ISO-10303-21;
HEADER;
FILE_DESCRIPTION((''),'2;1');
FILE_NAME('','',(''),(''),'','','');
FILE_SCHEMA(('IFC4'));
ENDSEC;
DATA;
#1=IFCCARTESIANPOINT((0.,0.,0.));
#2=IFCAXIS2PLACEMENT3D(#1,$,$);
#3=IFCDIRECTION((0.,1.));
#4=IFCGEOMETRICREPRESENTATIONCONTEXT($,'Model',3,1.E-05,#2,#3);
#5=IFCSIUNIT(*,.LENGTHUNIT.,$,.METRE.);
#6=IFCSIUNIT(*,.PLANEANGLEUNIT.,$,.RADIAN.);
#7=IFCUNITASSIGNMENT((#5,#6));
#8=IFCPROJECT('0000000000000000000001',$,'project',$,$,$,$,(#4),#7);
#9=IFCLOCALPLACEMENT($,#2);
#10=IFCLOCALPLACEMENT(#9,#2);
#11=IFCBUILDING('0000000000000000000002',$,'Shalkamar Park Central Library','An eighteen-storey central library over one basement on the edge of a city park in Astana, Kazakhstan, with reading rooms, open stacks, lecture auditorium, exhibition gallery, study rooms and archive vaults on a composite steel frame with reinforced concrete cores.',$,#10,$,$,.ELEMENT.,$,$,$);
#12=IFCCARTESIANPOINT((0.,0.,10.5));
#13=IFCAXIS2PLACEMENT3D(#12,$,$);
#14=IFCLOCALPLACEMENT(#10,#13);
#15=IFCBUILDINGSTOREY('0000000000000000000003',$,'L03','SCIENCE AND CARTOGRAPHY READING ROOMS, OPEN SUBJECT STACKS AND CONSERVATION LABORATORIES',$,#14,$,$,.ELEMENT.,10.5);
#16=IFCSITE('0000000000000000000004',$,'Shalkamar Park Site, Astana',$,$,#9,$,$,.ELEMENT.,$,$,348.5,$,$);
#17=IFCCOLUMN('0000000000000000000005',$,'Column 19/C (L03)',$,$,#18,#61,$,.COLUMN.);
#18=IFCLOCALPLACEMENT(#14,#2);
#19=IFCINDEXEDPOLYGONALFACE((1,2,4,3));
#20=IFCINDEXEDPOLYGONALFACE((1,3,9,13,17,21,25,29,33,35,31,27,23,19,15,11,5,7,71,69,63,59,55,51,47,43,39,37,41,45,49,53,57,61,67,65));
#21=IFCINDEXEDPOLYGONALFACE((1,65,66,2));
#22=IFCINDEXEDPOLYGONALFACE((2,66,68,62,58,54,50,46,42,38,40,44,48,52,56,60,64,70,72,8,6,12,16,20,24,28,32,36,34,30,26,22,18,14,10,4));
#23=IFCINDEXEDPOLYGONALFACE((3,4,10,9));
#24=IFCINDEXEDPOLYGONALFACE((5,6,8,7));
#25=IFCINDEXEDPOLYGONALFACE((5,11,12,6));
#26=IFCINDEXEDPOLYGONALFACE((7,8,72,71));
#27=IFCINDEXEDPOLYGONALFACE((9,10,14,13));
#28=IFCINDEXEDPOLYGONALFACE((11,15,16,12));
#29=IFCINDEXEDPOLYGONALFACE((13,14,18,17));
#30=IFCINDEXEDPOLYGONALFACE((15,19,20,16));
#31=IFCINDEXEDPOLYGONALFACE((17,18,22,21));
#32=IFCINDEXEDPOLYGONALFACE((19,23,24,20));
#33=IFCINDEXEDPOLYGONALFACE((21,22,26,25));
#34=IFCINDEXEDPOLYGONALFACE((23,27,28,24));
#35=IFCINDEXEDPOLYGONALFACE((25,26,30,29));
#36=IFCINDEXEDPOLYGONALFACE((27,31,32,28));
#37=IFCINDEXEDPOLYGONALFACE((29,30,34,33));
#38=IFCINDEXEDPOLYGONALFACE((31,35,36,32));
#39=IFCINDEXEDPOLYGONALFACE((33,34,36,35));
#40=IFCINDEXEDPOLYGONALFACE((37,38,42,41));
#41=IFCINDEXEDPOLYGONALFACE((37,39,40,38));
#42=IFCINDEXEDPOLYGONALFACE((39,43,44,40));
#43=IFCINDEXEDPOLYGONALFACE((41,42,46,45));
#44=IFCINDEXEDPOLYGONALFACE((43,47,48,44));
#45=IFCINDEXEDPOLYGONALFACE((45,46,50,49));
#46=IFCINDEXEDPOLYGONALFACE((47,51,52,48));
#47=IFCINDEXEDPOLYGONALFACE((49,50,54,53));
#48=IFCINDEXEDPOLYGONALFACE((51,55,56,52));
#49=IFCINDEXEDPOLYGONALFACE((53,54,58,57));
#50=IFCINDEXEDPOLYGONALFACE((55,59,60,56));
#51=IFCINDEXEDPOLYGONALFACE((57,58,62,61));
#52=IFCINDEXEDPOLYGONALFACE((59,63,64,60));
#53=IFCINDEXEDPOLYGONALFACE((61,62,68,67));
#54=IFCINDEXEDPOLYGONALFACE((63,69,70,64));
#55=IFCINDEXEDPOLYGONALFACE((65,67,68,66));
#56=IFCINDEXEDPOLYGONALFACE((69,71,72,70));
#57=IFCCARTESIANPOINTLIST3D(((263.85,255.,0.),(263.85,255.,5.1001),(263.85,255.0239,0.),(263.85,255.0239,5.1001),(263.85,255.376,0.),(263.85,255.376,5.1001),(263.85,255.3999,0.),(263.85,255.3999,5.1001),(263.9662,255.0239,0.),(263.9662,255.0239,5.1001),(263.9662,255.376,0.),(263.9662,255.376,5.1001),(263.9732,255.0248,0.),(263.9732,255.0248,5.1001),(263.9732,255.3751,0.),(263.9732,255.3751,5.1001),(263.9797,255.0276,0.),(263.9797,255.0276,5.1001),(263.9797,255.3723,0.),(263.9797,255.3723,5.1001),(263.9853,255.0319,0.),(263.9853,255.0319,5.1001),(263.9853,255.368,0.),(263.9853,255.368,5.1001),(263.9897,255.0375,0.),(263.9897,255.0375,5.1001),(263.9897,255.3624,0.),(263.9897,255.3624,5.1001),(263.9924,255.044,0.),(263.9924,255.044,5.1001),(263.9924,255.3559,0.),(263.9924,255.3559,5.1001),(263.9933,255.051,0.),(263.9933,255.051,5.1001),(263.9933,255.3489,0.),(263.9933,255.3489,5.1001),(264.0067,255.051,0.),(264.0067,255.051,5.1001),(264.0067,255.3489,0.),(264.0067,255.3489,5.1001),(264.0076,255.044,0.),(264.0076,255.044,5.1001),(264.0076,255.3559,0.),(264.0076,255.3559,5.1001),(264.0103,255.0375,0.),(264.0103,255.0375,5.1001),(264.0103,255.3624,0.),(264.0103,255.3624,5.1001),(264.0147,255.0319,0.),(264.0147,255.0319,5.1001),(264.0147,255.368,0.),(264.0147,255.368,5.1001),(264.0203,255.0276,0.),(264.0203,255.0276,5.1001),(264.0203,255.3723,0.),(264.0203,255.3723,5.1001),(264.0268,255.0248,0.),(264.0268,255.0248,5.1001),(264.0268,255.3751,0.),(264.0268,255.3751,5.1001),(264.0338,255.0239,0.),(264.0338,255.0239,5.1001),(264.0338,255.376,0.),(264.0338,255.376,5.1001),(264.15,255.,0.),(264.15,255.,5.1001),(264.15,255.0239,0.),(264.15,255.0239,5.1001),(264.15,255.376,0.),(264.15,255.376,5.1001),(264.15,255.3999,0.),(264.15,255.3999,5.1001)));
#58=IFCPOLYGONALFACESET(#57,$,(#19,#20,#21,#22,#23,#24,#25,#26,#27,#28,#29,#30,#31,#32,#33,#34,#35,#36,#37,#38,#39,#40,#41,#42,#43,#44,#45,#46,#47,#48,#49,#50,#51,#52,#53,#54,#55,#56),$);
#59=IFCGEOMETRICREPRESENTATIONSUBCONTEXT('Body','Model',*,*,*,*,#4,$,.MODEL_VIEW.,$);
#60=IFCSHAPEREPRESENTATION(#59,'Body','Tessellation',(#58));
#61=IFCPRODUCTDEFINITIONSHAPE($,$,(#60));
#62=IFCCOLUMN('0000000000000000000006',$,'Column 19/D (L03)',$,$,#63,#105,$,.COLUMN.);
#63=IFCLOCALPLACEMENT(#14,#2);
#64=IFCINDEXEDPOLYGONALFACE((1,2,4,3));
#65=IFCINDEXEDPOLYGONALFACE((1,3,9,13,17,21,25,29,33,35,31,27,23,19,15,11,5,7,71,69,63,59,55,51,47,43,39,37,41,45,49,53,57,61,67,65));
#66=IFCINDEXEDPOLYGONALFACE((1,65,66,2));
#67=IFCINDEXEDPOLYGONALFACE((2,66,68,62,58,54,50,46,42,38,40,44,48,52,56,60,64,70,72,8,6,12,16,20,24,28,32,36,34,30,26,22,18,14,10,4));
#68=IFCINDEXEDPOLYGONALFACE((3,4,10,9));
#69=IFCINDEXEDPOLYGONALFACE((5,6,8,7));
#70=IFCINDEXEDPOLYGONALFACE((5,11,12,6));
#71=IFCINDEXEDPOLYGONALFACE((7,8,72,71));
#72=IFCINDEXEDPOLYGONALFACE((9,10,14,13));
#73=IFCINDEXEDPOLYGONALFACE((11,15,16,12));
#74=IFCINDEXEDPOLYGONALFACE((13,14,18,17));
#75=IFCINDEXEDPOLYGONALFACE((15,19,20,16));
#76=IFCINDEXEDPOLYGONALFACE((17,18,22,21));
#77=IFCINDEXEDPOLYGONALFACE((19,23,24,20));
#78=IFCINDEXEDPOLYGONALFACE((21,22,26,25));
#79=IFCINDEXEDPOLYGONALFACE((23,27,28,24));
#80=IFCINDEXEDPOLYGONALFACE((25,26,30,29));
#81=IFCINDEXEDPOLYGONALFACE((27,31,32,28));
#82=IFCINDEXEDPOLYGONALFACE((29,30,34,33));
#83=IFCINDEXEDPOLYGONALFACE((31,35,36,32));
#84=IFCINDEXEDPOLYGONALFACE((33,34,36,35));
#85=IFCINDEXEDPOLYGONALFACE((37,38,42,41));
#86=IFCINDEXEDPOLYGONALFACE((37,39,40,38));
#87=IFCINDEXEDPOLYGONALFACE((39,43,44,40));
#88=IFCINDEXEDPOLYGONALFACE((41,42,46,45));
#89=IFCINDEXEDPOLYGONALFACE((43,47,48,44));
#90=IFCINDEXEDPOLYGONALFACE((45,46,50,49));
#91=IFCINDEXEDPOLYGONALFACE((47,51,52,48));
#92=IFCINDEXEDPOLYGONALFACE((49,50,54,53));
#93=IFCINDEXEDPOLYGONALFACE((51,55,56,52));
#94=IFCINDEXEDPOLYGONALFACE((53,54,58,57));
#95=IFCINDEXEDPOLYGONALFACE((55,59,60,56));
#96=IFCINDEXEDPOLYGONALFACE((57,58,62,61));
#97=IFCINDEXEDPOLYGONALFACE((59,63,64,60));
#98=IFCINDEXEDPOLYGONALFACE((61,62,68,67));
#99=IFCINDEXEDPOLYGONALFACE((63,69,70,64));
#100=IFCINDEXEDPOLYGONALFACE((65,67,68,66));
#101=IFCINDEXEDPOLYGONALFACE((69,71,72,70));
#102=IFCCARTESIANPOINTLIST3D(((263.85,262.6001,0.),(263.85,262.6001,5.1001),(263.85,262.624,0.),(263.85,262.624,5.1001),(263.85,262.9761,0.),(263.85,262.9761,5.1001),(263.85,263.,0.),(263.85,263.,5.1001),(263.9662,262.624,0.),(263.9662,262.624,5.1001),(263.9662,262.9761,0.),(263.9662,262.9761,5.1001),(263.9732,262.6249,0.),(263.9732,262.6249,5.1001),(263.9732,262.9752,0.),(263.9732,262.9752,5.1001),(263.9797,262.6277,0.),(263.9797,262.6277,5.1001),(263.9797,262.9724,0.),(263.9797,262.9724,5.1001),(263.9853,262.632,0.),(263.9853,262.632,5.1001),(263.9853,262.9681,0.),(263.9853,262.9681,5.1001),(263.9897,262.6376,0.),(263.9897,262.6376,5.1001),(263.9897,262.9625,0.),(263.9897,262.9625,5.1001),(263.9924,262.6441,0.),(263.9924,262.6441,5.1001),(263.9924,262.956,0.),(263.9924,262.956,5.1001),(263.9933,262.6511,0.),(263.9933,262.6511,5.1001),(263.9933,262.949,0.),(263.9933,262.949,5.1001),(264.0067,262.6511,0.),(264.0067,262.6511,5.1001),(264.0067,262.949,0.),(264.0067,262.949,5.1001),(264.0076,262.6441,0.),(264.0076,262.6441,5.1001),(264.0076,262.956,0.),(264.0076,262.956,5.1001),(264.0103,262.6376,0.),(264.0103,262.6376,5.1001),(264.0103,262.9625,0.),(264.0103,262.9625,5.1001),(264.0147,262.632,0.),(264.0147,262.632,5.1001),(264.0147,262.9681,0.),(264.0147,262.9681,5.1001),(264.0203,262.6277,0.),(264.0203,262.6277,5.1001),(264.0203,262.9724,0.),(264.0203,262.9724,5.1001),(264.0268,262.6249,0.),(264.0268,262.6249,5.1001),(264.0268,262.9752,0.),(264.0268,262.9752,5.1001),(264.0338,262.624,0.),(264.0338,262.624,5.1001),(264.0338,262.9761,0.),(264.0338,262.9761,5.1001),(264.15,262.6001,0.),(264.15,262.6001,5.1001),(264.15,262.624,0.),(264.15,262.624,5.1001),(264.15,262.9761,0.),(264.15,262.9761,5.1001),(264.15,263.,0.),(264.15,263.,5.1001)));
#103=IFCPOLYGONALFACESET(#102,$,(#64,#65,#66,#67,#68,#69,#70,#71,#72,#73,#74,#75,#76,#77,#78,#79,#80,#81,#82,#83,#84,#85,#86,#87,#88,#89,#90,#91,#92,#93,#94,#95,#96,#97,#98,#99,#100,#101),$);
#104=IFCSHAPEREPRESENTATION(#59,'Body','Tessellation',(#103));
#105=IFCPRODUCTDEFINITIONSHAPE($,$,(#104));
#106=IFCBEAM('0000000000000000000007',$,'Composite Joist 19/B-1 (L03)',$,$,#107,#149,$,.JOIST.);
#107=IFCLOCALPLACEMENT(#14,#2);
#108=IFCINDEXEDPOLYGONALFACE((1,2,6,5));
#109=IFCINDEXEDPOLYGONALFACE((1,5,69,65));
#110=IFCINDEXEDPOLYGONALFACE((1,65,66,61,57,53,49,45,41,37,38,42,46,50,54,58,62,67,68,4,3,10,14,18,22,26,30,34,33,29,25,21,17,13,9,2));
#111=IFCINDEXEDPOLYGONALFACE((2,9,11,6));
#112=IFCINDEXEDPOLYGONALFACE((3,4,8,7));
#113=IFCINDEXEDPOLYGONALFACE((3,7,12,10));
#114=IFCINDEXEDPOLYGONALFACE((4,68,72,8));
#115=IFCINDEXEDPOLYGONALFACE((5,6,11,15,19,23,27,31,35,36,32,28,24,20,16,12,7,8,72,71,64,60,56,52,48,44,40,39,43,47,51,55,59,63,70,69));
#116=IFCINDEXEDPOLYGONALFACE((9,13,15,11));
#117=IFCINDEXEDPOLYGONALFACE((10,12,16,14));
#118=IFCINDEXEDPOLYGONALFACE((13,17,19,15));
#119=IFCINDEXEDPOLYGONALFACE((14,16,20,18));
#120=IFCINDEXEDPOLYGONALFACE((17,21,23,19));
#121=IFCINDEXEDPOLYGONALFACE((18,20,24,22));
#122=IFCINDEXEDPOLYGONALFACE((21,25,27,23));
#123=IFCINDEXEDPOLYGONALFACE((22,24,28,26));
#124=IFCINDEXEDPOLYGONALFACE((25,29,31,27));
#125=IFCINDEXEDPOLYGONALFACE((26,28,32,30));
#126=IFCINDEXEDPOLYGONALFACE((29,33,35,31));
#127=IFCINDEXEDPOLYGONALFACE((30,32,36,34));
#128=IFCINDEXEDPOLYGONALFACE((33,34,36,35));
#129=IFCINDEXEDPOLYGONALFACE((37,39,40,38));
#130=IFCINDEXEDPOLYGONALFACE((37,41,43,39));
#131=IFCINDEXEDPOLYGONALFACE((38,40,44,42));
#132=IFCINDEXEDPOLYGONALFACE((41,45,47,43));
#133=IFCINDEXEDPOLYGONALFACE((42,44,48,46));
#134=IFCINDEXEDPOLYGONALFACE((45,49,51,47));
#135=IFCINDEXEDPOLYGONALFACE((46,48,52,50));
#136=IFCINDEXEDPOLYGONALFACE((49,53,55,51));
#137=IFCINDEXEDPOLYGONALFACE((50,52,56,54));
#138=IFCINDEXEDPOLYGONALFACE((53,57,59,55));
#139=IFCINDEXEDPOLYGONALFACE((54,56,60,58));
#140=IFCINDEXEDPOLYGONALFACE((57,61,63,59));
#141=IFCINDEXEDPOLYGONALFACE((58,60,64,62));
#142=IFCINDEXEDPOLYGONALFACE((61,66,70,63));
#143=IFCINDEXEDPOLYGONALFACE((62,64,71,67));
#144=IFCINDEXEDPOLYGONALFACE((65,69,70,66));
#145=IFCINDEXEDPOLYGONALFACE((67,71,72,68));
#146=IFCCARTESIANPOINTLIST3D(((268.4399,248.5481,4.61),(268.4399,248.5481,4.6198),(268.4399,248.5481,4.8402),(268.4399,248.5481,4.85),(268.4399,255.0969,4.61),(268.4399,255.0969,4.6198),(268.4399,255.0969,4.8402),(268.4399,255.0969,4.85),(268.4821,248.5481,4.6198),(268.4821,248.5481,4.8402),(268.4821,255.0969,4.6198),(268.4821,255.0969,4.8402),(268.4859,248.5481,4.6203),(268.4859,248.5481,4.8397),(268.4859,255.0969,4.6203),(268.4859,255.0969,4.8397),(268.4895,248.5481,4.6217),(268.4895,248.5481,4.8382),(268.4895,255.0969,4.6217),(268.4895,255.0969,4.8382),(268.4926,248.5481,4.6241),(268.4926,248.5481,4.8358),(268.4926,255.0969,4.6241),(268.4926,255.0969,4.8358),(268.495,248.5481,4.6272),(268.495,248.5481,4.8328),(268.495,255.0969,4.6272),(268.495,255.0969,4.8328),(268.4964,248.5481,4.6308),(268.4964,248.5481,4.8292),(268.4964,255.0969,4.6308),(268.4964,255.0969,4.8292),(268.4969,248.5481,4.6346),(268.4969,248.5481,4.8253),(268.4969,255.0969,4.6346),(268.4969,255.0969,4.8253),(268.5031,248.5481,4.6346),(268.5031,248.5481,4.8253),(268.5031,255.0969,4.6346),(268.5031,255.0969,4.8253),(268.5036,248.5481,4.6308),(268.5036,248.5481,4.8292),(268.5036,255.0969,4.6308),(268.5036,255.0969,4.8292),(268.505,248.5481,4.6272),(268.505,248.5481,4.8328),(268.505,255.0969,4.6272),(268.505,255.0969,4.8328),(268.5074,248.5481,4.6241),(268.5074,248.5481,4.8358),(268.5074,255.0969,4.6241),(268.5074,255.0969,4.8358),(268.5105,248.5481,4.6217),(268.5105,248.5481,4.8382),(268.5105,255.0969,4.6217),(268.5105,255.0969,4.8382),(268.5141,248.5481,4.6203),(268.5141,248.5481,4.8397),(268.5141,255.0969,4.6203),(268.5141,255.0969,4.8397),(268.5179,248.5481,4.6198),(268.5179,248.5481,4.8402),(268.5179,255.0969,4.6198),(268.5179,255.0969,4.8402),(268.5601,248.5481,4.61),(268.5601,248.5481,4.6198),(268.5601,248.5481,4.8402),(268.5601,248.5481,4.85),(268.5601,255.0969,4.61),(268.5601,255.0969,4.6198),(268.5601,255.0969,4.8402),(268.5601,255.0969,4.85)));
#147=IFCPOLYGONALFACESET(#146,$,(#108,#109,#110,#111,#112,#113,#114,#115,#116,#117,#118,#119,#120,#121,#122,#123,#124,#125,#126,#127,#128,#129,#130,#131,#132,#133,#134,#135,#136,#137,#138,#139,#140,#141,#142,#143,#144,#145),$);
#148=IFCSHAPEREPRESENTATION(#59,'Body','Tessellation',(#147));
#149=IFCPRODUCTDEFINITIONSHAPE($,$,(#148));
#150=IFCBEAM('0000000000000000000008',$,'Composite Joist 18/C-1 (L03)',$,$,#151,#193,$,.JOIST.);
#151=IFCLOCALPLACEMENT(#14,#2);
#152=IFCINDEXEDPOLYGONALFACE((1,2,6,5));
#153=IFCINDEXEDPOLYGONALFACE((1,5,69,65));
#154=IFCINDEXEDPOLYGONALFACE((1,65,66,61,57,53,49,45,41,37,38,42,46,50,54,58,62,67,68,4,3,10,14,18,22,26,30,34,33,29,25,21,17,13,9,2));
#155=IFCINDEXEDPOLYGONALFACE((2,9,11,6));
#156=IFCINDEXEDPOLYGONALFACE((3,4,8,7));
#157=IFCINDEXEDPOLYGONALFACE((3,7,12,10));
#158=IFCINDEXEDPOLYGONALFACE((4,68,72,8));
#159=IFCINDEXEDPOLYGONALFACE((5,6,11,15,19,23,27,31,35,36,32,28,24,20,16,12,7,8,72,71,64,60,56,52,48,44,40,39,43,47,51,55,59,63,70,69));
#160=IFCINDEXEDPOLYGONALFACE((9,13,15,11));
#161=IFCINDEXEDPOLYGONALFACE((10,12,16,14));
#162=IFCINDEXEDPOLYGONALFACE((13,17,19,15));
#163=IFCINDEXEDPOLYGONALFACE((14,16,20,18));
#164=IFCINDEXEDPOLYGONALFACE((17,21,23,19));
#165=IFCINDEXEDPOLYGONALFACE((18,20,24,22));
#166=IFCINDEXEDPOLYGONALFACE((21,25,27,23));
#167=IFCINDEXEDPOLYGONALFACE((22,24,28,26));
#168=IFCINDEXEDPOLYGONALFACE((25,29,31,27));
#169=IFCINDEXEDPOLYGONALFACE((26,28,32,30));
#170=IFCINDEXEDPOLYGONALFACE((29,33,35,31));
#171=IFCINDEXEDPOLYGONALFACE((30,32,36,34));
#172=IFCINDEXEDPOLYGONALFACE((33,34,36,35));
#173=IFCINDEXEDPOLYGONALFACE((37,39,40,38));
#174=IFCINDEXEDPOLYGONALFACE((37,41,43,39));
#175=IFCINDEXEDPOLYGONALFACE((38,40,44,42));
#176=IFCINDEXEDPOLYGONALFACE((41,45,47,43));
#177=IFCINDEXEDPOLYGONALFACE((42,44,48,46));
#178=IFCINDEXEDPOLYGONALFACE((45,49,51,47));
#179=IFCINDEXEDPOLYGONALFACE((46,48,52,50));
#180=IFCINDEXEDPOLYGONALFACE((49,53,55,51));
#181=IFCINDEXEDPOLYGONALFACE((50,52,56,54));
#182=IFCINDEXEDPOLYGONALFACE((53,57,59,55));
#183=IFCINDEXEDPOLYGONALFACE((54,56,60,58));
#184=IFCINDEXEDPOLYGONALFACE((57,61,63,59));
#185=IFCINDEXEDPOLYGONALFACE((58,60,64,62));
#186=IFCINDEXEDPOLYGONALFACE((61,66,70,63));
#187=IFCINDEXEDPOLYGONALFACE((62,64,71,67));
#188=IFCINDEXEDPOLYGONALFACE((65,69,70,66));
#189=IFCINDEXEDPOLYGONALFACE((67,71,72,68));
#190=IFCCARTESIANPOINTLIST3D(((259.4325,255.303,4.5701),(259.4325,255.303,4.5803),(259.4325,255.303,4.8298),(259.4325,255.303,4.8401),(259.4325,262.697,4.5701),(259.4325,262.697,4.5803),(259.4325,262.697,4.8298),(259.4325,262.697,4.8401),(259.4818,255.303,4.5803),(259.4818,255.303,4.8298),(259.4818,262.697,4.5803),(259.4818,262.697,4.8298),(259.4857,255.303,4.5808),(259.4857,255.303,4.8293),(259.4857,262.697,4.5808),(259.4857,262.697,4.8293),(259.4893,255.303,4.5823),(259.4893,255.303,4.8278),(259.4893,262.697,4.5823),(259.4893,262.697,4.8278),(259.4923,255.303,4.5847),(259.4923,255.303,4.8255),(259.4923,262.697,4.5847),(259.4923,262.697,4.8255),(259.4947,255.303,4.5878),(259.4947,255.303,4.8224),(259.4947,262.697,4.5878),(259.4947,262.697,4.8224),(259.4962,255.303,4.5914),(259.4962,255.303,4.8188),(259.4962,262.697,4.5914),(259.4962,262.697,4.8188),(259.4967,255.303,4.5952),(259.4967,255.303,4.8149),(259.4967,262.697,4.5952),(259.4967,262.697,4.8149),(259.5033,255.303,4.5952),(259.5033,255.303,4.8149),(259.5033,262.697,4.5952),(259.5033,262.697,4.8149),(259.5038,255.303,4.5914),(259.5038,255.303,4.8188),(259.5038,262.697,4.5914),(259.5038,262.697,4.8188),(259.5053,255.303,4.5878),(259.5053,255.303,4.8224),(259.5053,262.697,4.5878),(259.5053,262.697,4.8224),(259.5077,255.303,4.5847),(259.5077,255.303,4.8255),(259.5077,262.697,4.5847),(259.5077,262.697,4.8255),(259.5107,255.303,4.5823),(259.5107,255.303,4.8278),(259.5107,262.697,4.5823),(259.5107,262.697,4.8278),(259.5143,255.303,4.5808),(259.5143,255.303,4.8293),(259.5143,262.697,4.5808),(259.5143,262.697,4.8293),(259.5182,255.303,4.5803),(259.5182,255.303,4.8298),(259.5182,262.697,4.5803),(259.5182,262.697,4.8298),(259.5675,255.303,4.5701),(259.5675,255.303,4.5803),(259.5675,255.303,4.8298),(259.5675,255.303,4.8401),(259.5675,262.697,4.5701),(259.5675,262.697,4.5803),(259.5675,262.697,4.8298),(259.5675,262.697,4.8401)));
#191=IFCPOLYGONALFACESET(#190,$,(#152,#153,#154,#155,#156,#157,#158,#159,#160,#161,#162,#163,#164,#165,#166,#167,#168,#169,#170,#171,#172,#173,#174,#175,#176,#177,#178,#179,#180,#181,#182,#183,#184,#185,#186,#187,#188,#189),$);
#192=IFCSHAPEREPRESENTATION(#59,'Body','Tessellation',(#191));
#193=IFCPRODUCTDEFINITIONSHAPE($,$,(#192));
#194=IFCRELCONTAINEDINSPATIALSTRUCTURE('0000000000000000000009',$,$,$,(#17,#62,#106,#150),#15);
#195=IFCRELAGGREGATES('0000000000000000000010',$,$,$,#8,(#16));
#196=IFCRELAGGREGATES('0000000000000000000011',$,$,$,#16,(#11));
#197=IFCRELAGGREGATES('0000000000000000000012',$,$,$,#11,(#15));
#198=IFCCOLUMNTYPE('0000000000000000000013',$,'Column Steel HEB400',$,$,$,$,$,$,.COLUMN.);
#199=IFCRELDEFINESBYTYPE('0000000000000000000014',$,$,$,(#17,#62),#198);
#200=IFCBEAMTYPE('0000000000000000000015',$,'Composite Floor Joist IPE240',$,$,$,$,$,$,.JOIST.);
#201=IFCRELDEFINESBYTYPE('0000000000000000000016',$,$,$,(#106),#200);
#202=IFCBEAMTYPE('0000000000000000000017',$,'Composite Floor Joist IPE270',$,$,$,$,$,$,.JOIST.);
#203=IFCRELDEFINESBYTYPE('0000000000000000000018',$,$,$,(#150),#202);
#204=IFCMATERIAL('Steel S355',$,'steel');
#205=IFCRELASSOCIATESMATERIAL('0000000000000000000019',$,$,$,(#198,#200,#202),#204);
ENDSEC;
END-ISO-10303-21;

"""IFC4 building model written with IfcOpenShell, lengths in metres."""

from ifc_helpers import new_model, si_unit, direction, frame, origin, origin_2d, place, context, subcontext, project, spatial, i_section, extrude, material, material_profile, profile_set, type_object, element, save


model = new_model("IFC4")

# Units and contexts
model_context = context("Model", 3, precision=1e-05, world=origin(), true_north=direction((0.0, 1.0)))
body_context = subcontext(model_context, "Body", "Model", "MODEL_VIEW")
ifc_project = project(units=[si_unit("LENGTHUNIT", "METRE"), si_unit("PLANEANGLEUNIT", "RADIAN")], contexts=[model_context])

# Site, building, storey
site_placement = place(None, origin())
site = spatial("IfcSite", under=ifc_project, at=site_placement, Name="Shalkamar Park Site, Astana", CompositionType="ELEMENT", RefElevation=348.5)
building_placement = place(site_placement, origin())
building = spatial("IfcBuilding", under=site, at=building_placement, Name="Shalkamar Park Central Library", Description="An eighteen-storey central library over one basement on the edge of a city park in Astana, Kazakhstan, with reading rooms, open stacks, lecture auditorium, exhibition gallery, study rooms and archive vaults on a composite steel frame with reinforced concrete cores.", CompositionType="ELEMENT")
storey_placement = place(building_placement, frame((0.0, 0.0, 10.5)))
storey = spatial("IfcBuildingStorey", under=building, at=storey_placement, Name="L03", Description="SCIENCE AND CARTOGRAPHY READING ROOMS, OPEN SUBJECT STACKS AND CONSERVATION LABORATORIES", CompositionType="ELEMENT", Elevation=10.5)

# Columns
ifc_material_1 = material(Name="Steel S355", Category="steel")
ifc_material_profile_1 = material_profile(ifc_material_1, i_section(OverallWidth=0.3, OverallDepth=0.3999, WebThickness=0.0134, FlangeThickness=0.0239, FilletRadius=0.0271, at=origin_2d()), Name="HEB 400")
ifc_profile_set_1 = profile_set([ifc_material_profile_1], Name="Steel S355")
column_type_1 = type_object("IfcColumnType", Name="Column Steel HEB400", PredefinedType="COLUMN", material=ifc_profile_set_1)
for number, where, z_axis, x_axis, name in (
    (1, (264.0, 255.2, 0.0), (0.0, 0.0, 1.0), (1.0, 0.0, 0.0), "Column 19/C (L03)"),
    (2, (264.0, 262.8, 0.0), (0.0, 0.0, 1.0), (1.0, 0.0, 0.0), "Column 19/D (L03)"),
):
    element("IfcColumn", number, at=place(storey_placement, frame(where, z_axis=z_axis, x_axis=x_axis)), inside=storey, type_object=column_type_1, Name=name, PredefinedType="COLUMN", context=body_context, shape_type="SweptSolid", body=[
        extrude(i_section(OverallWidth=0.3, OverallDepth=0.3999, WebThickness=0.0134, FlangeThickness=0.0239, FilletRadius=0.0271, at=origin_2d()), origin(), (0.0, 0.0, 1.0), 5.1001),
    ])

# Beams
ifc_material_profile_2 = material_profile(ifc_material_1, i_section(OverallWidth=0.1201, OverallDepth=0.24, WebThickness=0.0061, FlangeThickness=0.0098, FilletRadius=0.0149, at=origin_2d()), Name="IPE 240")
ifc_profile_set_2 = profile_set([ifc_material_profile_2], Name="Steel S355")
beam_type_1 = type_object("IfcBeamType", Name="Composite Floor Joist IPE240", PredefinedType="JOIST", material=ifc_profile_set_2)
beam_1_placement = place(storey_placement, frame((268.5, 248.5481, 4.73), z_axis=(0.0, 1.0, 0.0), x_axis=(-1.0, 0.0, 0.0)))
element("IfcBeam", 3, at=beam_1_placement, inside=storey, type_object=beam_type_1, Name="Composite Joist 19/B-1 (L03)", PredefinedType="JOIST", context=body_context, shape_type="SweptSolid", body=[
    extrude(i_section(OverallWidth=0.1201, OverallDepth=0.24, WebThickness=0.0061, FlangeThickness=0.0098, FilletRadius=0.0149, at=origin_2d()), origin(), (0.0, 0.0, 1.0), 6.5488),
])
ifc_material_profile_3 = material_profile(ifc_material_1, i_section(OverallWidth=0.135, OverallDepth=0.27, WebThickness=0.0066, FlangeThickness=0.0103, FilletRadius=0.0149, at=origin_2d()), Name="IPE 270")
ifc_profile_set_3 = profile_set([ifc_material_profile_3], Name="Steel S355")
beam_type_2 = type_object("IfcBeamType", Name="Composite Floor Joist IPE270", PredefinedType="JOIST", material=ifc_profile_set_3)
for number, where, z_axis, x_axis, name in (
    (4, (259.5, 255.303, 4.7051), (0.0, 1.0, 0.0), (-1.0, 0.0, 0.0), "Composite Joist 18/C-1 (L03)"),
):
    element("IfcBeam", number, at=place(storey_placement, frame(where, z_axis=z_axis, x_axis=x_axis)), inside=storey, type_object=beam_type_2, Name=name, PredefinedType="JOIST", context=body_context, shape_type="SweptSolid", body=[
        extrude(i_section(OverallWidth=0.135, OverallDepth=0.27, WebThickness=0.0066, FlangeThickness=0.0103, FilletRadius=0.0149, at=origin_2d()), origin(), (0.0, 0.0, 1.0), 7.394),
    ])

save(model, "model.ifc")
